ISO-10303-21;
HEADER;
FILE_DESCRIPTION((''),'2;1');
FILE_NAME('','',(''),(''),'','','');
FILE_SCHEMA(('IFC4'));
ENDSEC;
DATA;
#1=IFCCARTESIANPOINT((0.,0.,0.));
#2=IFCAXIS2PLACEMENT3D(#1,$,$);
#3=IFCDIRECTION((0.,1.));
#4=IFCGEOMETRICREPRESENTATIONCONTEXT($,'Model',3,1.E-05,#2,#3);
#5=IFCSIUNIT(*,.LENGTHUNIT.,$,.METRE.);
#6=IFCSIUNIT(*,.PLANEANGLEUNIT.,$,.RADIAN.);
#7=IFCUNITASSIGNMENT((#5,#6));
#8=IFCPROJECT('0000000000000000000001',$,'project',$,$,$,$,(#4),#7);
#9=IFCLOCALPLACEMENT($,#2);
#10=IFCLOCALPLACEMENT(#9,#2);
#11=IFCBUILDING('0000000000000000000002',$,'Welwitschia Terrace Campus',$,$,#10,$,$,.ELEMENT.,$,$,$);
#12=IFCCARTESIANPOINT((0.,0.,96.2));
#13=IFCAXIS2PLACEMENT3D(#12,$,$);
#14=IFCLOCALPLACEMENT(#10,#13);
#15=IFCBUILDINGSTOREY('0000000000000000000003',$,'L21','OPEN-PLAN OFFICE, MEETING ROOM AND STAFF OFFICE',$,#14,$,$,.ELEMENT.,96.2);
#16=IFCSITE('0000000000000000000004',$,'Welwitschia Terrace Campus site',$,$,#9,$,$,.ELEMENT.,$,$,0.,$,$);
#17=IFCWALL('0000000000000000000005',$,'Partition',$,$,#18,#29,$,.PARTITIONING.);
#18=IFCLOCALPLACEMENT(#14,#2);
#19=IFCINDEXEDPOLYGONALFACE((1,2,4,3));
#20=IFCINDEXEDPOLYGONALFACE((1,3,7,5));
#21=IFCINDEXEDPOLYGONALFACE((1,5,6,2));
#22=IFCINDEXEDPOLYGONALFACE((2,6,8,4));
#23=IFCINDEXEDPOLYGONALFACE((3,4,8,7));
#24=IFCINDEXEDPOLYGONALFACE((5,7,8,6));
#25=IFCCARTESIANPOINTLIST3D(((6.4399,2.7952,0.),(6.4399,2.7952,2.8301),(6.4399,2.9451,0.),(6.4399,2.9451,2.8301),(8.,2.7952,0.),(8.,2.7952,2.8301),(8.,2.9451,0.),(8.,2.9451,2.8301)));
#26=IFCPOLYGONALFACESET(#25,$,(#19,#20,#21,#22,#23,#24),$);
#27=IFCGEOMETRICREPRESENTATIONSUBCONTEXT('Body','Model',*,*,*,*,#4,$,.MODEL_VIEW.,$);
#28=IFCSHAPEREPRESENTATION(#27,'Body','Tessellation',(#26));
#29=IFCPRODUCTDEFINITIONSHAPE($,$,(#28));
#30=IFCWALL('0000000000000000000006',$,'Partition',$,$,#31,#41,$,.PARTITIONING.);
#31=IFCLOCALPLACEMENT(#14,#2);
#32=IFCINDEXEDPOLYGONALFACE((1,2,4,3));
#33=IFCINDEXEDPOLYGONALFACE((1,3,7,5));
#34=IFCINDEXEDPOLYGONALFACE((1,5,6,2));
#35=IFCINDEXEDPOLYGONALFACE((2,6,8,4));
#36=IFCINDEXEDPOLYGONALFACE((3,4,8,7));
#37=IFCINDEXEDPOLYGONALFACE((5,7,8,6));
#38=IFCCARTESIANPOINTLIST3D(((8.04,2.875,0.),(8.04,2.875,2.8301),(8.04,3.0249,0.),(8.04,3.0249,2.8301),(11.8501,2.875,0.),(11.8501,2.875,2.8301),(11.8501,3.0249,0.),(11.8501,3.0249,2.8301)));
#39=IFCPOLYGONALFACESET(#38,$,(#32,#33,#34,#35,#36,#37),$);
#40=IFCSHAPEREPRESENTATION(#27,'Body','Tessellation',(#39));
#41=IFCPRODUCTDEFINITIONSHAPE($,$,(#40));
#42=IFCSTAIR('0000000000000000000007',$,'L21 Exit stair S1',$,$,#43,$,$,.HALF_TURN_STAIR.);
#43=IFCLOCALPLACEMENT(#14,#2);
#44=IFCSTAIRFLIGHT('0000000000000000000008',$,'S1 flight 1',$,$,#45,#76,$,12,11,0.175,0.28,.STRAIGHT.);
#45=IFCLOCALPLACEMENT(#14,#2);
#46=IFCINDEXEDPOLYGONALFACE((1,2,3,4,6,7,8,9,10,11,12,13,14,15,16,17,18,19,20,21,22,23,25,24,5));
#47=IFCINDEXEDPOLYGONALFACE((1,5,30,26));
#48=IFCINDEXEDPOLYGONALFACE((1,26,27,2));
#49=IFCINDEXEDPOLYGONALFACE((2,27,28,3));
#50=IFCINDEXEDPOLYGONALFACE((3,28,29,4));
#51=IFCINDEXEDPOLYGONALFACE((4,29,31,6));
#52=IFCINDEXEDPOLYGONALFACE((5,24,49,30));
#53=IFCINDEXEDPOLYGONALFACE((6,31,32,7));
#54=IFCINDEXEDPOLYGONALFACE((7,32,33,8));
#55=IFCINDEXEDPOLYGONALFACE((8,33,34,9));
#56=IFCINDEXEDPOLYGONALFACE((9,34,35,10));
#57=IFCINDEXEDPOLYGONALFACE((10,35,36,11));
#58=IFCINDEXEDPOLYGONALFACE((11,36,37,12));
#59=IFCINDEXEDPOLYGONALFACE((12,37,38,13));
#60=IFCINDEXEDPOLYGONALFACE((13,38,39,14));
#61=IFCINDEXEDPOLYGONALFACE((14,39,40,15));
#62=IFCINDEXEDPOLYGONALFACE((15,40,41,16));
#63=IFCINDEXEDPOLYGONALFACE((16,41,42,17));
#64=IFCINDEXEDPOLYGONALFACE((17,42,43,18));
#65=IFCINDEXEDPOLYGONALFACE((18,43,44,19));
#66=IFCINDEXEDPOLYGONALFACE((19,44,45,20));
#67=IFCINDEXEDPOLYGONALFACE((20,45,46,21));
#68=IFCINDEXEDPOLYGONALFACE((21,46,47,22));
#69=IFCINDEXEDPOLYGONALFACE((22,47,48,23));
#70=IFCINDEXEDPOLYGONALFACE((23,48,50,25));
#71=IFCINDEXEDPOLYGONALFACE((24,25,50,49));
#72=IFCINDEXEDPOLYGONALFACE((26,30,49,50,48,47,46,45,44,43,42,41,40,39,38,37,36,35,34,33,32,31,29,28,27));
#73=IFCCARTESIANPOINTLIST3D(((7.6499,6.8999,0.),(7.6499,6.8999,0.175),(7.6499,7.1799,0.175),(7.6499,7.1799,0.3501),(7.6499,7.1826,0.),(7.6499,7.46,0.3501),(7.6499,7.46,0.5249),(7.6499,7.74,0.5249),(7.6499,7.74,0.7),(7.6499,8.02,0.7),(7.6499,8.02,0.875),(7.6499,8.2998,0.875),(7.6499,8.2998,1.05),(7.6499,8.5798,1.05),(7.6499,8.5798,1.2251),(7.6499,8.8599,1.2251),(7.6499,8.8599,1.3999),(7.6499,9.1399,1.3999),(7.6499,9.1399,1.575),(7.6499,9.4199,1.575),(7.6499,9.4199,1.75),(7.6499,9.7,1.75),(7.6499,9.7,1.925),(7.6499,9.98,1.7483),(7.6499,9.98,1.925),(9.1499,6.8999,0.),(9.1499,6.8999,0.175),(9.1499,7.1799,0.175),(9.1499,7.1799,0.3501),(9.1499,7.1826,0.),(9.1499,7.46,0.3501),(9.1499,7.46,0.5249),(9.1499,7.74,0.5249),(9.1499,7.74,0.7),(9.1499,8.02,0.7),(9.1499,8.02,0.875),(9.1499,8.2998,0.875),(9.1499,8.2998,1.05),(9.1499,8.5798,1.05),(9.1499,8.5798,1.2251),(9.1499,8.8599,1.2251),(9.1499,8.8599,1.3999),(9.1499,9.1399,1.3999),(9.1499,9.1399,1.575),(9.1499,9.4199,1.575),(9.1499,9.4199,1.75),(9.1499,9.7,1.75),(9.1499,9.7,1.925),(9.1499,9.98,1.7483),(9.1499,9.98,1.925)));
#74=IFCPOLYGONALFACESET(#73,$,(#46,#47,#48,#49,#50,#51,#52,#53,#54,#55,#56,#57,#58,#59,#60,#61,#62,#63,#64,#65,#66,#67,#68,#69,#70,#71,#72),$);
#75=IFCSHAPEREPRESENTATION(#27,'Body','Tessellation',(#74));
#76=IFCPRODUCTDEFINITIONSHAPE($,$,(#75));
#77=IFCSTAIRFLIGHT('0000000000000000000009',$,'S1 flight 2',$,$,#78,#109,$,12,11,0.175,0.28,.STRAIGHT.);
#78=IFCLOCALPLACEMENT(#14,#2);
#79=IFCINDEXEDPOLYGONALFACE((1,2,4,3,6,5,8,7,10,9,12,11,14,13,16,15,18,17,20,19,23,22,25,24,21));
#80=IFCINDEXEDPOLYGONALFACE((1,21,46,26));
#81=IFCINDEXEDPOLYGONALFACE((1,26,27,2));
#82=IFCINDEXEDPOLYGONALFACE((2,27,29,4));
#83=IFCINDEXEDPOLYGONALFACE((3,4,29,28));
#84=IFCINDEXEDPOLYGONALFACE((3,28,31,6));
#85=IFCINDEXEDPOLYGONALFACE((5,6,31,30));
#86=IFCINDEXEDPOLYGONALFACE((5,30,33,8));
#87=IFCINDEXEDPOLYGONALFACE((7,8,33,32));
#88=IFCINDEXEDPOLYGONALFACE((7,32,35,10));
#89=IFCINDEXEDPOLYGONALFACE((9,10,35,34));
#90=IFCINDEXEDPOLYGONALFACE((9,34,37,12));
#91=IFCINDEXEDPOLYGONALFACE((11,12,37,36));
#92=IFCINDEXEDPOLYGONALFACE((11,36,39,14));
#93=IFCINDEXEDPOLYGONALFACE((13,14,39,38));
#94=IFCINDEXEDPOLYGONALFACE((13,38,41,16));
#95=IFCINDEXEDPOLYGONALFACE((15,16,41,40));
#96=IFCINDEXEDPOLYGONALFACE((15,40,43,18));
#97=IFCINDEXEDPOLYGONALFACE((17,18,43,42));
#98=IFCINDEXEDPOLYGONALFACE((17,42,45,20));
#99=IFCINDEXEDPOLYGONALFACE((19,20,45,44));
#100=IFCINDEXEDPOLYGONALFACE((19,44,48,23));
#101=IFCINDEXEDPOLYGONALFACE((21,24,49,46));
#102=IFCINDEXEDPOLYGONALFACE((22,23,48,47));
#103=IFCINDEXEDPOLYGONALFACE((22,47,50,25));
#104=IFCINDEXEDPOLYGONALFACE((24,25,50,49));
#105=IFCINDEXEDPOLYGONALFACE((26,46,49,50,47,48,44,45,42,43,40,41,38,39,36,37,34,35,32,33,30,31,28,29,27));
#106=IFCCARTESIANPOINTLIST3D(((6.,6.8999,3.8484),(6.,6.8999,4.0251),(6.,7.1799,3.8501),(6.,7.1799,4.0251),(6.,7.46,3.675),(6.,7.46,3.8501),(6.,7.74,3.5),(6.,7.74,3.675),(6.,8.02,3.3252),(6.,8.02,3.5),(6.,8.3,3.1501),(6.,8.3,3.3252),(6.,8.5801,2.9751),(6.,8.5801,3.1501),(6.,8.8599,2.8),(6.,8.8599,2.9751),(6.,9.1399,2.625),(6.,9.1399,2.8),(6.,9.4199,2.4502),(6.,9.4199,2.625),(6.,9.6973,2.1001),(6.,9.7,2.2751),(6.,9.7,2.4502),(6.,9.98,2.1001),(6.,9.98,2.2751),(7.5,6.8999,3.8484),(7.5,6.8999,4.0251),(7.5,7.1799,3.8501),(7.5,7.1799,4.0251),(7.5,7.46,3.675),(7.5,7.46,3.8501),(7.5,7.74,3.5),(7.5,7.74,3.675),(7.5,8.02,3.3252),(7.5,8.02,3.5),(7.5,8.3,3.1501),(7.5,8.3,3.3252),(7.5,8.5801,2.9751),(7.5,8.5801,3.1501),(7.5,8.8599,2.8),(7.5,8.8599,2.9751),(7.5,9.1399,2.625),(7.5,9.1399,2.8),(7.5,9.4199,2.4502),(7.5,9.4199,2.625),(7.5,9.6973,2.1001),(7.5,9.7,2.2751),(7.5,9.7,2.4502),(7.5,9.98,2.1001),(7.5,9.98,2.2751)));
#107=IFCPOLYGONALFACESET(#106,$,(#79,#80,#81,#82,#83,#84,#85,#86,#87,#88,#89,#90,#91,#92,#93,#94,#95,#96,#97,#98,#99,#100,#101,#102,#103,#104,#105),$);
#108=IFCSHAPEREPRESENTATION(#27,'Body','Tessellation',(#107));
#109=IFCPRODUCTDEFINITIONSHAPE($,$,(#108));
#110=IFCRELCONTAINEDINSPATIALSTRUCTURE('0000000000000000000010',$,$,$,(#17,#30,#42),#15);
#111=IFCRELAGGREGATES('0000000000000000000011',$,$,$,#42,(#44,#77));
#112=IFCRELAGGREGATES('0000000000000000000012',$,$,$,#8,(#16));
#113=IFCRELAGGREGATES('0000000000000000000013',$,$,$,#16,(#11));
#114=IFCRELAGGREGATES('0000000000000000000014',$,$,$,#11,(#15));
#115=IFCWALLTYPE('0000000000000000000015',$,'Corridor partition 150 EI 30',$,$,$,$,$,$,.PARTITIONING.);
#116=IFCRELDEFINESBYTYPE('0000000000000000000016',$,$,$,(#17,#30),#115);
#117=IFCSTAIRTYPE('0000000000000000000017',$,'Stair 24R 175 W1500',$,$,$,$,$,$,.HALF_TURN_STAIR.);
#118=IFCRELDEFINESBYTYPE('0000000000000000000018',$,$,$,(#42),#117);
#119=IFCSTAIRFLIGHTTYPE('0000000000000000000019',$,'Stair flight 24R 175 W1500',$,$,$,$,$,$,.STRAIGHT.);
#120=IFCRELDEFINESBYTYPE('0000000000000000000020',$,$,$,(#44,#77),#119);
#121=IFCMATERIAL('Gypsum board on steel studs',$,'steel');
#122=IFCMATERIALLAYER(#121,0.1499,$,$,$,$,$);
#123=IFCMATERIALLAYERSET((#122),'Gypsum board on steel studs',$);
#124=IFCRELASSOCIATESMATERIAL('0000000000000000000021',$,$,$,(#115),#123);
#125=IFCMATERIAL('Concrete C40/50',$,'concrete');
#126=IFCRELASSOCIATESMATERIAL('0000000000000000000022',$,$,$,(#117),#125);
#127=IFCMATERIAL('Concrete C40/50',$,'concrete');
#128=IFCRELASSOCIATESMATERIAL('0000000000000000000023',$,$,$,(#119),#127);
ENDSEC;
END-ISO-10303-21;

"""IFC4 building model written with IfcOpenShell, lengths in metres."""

from ifc_helpers import new_model, si_unit, direction, frame, frame_2d, origin, place, context, subcontext, project, spatial, polyline, rectangle, outline, extrude, material, layer, layer_set, type_object, element, aggregate, save


model = new_model("IFC4")

# Units and contexts
model_context = context("Model", 3, precision=1e-05, world=origin(), true_north=direction((0.0, 1.0)))
body_context = subcontext(model_context, "Body", "Model", "MODEL_VIEW")
ifc_project = project(units=[si_unit("LENGTHUNIT", "METRE"), si_unit("PLANEANGLEUNIT", "RADIAN")], contexts=[model_context])

# Site, building, storey
site_placement = place(None, origin())
site = spatial("IfcSite", under=ifc_project, at=site_placement, Name="Welwitschia Terrace Campus site", CompositionType="ELEMENT", RefElevation=0.0)
building_placement = place(site_placement, origin())
building = spatial("IfcBuilding", under=site, at=building_placement, Name="Welwitschia Terrace Campus", CompositionType="ELEMENT")
storey_placement = place(building_placement, frame((0.0, 0.0, 96.2)))
storey = spatial("IfcBuildingStorey", under=building, at=storey_placement, Name="L21", Description="OPEN-PLAN OFFICE, MEETING ROOM AND STAFF OFFICE", CompositionType="ELEMENT", Elevation=96.2)

# Walls
ifc_material_1 = material(Name="Gypsum board on steel studs", Category="steel")
ifc_layer_1 = layer(ifc_material_1, 0.1499)
ifc_layer_set_1 = layer_set([ifc_layer_1], Name="Gypsum board on steel studs")
wall_type_1 = type_object("IfcWallType", Name="Corridor partition 150 EI 30", PredefinedType="PARTITIONING", material=ifc_layer_set_1)
wall_1_placement = place(storey_placement, frame((6.4399, 2.8701, 0.0), z_axis=(0.0, 0.0, 1.0), x_axis=(1.0, 0.0, 0.0)))
element("IfcWall", 1, at=wall_1_placement, inside=storey, type_object=wall_type_1, Name="Partition", PredefinedType="PARTITIONING", context=body_context, shape_type="SweptSolid", body=[
    extrude(rectangle(XDim=1.5601, YDim=0.1499, at=frame_2d((0.78, 0.0))), origin(), (0.0, 0.0, 1.0), 2.8301),
])
wall_2_placement = place(storey_placement, frame((8.04, 2.95, 0.0), z_axis=(0.0, 0.0, 1.0), x_axis=(1.0, 0.0, 0.0)))
element("IfcWall", 2, at=wall_2_placement, inside=storey, type_object=wall_type_1, Name="Partition", PredefinedType="PARTITIONING", context=body_context, shape_type="SweptSolid", body=[
    extrude(rectangle(XDim=3.8101, YDim=0.1499, at=frame_2d((1.905, 0.0))), origin(), (0.0, 0.0, 1.0), 2.8301),
])

# Stair, stair flights
ifc_material_2 = material(Name="Concrete C40/50", Category="concrete")
stair_type = type_object("IfcStairType", Name="Stair 24R 175 W1500", PredefinedType="HALF_TURN_STAIR", material=ifc_material_2)
stair_placement = place(storey_placement, origin())
stair = element("IfcStair", 3, at=stair_placement, inside=storey, type_object=stair_type, Name="L21 Exit stair S1", PredefinedType="HALF_TURN_STAIR")
ifc_material_3 = material(Name="Concrete C40/50", Category="concrete")
stair_flight_type = type_object("IfcStairFlightType", Name="Stair flight 24R 175 W1500", PredefinedType="STRAIGHT", material=ifc_material_3)
stair_flight_1_placement = place(storey_placement, frame((8.3999, 6.8999, 0.0), z_axis=(0.0, 0.0, 1.0), x_axis=(0.0, 1.0, 0.0)))
stair_flight_1 = element("IfcStairFlight", 4, at=stair_flight_1_placement, type_object=stair_flight_type, Name="S1 flight 1", NumberOfRisers=12, NumberOfTreads=11, PredefinedType="STRAIGHT", RiserHeight=0.175, TreadLength=0.28, context=body_context, shape_type="SweptSolid", body=[
    extrude(outline(polyline([(0.0, 0.0), (0.0, 0.175), (0.28, 0.175), (0.28, 0.3501), (0.5601, 0.3501), (0.5601, 0.5249), (0.8401, 0.5249), (0.8401, 0.7), (1.1201, 0.7), (1.1201, 0.875), (1.3999, 0.875), (1.3999, 1.05), (1.6799, 1.05), (1.6799, 1.2251), (1.96, 1.2251), (1.96, 1.3999), (2.24, 1.3999), (2.24, 1.575), (2.52, 1.575), (2.52, 1.75), (2.8, 1.75), (2.8, 1.925), (3.0801, 1.925), (3.0801, 2.1001), (3.0801, 1.7483), (0.2827, 0.0), (0.0, 0.0)])), frame((0.0, 0.75, 0.0), z_axis=(0.0, -1.0, 0.0), x_axis=(1.0, 0.0, 0.0)), (0.0, 0.0, 1.0), 1.5),
])
stair_flight_2_placement = place(storey_placement, frame((6.75, 9.98, 2.1001), z_axis=(0.0, 0.0, 1.0), x_axis=(0.0, -1.0, 0.0)))
stair_flight_2 = element("IfcStairFlight", 5, at=stair_flight_2_placement, type_object=stair_flight_type, Name="S1 flight 2", NumberOfRisers=12, NumberOfTreads=11, PredefinedType="STRAIGHT", RiserHeight=0.175, TreadLength=0.28, context=body_context, shape_type="SweptSolid", body=[
    extrude(outline(polyline([(0.0, 0.0), (0.0, 0.175), (0.28, 0.175), (0.28, 0.3501), (0.5601, 0.3501), (0.5601, 0.5249), (0.8401, 0.5249), (0.8401, 0.7), (1.1201, 0.7), (1.1201, 0.875), (1.3999, 0.875), (1.3999, 1.05), (1.6799, 1.05), (1.6799, 1.2251), (1.96, 1.2251), (1.96, 1.3999), (2.24, 1.3999), (2.24, 1.575), (2.52, 1.575), (2.52, 1.75), (2.8, 1.75), (2.8, 1.925), (3.0801, 1.925), (3.0801, 2.1001), (3.0801, 1.7483), (0.2827, 0.0), (0.0, 0.0)])), frame((0.0, 0.75, 0.0), z_axis=(0.0, -1.0, 0.0), x_axis=(1.0, 0.0, 0.0)), (0.0, 0.0, 1.0), 1.5),
])
aggregate(stair, [stair_flight_1, stair_flight_2])

save(model, "model.ifc")
